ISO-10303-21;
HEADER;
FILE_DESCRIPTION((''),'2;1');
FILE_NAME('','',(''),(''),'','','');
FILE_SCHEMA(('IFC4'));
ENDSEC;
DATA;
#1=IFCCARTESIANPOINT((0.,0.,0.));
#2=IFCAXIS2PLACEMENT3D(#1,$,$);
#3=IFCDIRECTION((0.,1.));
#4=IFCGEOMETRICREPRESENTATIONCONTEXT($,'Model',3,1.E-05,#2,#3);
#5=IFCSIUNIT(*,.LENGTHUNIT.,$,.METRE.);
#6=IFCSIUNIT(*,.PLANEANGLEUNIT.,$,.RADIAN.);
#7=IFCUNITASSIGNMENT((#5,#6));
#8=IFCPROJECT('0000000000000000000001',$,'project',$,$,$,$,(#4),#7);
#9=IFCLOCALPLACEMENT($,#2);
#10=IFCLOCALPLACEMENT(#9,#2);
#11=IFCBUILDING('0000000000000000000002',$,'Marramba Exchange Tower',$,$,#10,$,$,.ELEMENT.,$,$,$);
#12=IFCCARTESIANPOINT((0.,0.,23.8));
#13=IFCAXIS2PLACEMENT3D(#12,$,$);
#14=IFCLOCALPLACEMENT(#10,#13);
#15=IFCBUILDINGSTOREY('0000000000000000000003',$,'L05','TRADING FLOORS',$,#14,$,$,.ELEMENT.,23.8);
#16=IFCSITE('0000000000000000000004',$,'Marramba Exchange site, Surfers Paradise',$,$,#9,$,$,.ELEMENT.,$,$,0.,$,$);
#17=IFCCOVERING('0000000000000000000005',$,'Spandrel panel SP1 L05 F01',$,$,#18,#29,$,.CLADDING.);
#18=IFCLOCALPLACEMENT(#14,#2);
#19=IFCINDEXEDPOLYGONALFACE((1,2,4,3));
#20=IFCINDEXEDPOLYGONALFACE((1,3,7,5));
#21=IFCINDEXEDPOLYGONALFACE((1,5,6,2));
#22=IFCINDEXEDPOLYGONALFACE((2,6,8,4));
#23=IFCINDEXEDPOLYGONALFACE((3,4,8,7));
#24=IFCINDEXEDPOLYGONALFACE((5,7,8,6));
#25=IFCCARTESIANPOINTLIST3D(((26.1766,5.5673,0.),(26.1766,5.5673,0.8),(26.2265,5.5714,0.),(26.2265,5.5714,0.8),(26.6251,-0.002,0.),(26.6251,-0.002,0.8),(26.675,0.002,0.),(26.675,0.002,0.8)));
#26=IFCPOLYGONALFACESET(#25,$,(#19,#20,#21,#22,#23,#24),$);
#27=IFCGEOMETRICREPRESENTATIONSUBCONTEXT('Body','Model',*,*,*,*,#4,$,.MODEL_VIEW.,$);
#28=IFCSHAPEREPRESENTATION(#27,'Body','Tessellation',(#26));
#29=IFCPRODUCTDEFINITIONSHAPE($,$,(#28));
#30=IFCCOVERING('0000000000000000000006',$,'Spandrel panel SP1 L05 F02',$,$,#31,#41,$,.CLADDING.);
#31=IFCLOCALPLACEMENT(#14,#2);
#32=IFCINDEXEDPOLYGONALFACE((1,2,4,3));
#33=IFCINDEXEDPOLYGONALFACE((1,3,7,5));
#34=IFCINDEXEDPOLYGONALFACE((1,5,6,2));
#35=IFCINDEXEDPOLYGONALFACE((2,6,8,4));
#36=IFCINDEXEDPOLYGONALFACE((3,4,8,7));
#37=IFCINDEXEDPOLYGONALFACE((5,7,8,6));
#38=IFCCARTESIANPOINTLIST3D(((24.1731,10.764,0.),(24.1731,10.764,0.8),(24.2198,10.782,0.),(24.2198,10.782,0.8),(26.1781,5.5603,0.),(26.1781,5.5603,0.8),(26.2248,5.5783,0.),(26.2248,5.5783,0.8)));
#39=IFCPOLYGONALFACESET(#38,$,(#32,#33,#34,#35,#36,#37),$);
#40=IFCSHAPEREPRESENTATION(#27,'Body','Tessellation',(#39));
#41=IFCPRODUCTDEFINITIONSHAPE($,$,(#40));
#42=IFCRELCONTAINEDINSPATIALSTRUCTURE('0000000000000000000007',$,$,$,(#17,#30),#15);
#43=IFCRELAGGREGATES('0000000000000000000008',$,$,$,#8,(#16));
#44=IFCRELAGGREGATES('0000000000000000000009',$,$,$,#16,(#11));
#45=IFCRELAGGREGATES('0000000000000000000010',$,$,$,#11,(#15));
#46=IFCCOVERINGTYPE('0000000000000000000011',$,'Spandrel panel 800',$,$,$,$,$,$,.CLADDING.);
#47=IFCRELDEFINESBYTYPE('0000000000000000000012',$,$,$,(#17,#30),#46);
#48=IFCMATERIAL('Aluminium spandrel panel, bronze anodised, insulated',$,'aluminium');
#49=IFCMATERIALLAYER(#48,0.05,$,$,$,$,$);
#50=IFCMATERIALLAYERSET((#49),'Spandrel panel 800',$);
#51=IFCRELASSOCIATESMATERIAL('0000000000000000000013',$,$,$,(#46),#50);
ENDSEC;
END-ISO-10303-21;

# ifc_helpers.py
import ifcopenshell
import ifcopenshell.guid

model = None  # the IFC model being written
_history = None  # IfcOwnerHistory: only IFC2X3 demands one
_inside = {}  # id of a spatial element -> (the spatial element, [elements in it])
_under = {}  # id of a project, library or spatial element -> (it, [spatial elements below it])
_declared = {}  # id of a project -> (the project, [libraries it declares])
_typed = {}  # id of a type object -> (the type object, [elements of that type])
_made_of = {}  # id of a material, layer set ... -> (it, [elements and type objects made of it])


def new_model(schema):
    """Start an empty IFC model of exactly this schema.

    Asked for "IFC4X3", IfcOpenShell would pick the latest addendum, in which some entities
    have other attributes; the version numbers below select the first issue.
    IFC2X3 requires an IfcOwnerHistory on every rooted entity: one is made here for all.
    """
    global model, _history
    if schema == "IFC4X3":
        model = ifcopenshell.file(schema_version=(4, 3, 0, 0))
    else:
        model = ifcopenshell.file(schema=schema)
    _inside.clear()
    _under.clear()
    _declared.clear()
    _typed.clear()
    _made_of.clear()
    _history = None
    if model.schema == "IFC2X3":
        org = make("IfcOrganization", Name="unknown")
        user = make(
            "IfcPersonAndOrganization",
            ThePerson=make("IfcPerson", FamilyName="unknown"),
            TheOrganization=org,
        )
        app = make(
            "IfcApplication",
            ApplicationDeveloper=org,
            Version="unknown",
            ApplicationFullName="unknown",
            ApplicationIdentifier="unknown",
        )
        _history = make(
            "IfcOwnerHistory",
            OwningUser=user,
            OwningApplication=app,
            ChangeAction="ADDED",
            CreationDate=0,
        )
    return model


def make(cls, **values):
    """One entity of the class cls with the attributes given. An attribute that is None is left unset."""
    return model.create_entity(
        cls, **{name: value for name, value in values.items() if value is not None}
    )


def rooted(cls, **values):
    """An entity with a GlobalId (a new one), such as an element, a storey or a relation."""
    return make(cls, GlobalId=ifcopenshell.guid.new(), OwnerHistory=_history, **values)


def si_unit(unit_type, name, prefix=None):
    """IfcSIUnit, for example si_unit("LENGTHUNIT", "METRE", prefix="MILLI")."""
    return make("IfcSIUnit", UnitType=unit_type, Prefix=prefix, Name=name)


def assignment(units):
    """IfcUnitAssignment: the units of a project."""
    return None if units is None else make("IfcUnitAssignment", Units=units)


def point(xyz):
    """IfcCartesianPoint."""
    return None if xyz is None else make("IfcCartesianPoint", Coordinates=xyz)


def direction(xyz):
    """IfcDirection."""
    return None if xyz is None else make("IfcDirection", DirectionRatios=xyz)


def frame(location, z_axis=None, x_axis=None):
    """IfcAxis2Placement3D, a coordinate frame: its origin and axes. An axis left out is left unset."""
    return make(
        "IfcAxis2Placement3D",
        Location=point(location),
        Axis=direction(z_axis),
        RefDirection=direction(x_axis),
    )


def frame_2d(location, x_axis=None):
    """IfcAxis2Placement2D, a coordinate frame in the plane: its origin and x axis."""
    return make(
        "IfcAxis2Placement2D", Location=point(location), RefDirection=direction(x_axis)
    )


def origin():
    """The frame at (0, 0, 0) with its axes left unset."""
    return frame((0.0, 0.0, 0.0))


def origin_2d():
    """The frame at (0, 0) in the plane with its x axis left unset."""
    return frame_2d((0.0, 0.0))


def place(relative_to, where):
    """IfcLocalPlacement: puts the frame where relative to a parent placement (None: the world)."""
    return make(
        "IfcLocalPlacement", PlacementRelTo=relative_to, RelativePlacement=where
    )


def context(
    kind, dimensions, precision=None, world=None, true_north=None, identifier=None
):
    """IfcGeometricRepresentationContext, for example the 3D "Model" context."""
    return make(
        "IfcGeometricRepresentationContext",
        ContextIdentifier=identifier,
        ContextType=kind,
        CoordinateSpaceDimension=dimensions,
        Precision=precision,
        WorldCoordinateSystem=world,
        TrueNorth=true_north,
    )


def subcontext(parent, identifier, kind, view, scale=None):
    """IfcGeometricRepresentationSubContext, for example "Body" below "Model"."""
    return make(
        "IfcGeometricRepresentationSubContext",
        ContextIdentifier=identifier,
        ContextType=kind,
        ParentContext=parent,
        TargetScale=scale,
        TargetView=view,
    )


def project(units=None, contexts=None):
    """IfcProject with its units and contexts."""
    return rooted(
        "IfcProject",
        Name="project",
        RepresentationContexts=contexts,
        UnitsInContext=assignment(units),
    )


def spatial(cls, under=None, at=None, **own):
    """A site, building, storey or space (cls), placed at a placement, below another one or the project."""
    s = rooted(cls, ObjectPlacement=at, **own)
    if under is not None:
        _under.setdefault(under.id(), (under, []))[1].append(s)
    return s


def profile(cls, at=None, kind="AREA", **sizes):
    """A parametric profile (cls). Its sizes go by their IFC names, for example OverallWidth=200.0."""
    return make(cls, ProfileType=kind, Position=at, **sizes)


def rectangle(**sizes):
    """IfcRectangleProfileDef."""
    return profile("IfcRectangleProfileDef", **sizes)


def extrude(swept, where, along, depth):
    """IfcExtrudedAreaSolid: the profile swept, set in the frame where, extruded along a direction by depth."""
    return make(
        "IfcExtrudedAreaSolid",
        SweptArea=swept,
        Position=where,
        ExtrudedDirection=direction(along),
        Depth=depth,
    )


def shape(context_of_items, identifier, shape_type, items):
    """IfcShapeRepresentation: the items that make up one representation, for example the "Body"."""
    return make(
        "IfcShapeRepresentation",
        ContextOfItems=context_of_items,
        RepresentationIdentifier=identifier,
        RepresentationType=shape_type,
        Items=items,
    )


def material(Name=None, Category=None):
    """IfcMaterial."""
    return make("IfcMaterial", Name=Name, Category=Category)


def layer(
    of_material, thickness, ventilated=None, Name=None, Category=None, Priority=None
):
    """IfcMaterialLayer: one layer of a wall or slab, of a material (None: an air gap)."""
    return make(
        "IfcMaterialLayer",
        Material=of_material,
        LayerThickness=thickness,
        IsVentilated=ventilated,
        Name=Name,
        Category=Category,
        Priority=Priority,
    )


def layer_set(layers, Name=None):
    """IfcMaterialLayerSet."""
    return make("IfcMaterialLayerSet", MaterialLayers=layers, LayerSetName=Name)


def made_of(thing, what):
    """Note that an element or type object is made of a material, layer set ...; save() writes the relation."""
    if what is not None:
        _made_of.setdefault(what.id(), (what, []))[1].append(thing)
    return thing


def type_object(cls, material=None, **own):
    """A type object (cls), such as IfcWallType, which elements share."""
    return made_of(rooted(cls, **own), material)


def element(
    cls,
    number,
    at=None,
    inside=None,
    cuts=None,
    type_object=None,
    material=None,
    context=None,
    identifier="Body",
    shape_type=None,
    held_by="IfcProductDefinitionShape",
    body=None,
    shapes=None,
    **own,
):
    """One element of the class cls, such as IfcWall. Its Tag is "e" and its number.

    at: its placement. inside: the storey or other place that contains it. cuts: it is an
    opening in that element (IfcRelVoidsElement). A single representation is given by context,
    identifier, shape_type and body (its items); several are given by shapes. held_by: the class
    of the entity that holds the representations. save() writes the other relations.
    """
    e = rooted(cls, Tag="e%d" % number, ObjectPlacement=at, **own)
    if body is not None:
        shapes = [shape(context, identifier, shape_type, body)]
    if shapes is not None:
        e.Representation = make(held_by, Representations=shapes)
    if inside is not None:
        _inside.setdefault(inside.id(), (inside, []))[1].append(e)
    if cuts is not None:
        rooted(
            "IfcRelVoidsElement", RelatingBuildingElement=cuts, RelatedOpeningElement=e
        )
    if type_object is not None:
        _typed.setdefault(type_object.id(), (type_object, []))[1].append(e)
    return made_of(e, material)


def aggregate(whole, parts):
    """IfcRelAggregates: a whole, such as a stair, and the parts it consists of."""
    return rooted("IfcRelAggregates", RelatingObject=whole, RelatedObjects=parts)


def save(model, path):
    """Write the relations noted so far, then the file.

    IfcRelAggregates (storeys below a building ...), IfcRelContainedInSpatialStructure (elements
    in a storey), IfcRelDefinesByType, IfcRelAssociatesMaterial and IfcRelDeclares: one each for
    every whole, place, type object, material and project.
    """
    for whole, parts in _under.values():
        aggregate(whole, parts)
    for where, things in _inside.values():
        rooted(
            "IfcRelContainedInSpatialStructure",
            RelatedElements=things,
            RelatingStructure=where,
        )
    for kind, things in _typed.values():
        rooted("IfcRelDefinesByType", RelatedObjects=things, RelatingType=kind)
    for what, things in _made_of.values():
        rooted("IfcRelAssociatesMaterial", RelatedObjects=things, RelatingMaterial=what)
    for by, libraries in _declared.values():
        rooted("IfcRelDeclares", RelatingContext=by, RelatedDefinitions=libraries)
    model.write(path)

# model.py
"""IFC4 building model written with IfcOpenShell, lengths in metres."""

from ifc_helpers import new_model, si_unit, direction, frame, origin, origin_2d, place, context, subcontext, project, spatial, rectangle, extrude, material, layer, layer_set, type_object, element, save


model = new_model("IFC4")

# Units and contexts
model_context = context("Model", 3, precision=1e-05, world=origin(), true_north=direction((0.0, 1.0)))
body_context = subcontext(model_context, "Body", "Model", "MODEL_VIEW")
ifc_project = project(units=[si_unit("LENGTHUNIT", "METRE"), si_unit("PLANEANGLEUNIT", "RADIAN")], contexts=[model_context])

# Site, building, storey
site_placement = place(None, origin())
site = spatial("IfcSite", under=ifc_project, at=site_placement, Name="Marramba Exchange site, Surfers Paradise", CompositionType="ELEMENT", RefElevation=0.0)
building_placement = place(site_placement, origin())
building = spatial("IfcBuilding", under=site, at=building_placement, Name="Marramba Exchange Tower", CompositionType="ELEMENT")
storey_placement = place(building_placement, frame((0.0, 0.0, 23.8)))
storey = spatial("IfcBuildingStorey", under=building, at=storey_placement, Name="L05", Description="TRADING FLOORS", CompositionType="ELEMENT", Elevation=23.8)

# Coverings
ifc_material_1 = material(Name="Aluminium spandrel panel, bronze anodised, insulated", Category="aluminium")
ifc_layer_1 = layer(ifc_material_1, 0.05)
ifc_layer_set_1 = layer_set([ifc_layer_1], Name="Spandrel panel 800")
covering_type = type_object("IfcCoveringType", Name="Spandrel panel 800", PredefinedType="CLADDING", material=ifc_layer_set_1)
covering_1_placement = place(storey_placement, frame((26.4258, 2.7847, 0.0), z_axis=(0.0, 0.0, 1.0), x_axis=(-0.080275, 0.996773, 0.0)))
element("IfcCovering", 1, at=covering_1_placement, inside=storey, type_object=covering_type, Name="Spandrel panel SP1 L05 F01", PredefinedType="CLADDING", context=body_context, shape_type="SweptSolid", body=[
    extrude(rectangle(XDim=5.5874, YDim=0.05, at=origin_2d()), origin(), (0.0, 0.0, 1.0), 0.8),
])
covering_2_placement = place(storey_placement, frame((25.199, 8.1711, 0.0), z_axis=(0.0, 0.0, 1.0), x_axis=(-0.359526, 0.933135, 0.0)))
element("IfcCovering", 2, at=covering_2_placement, inside=storey, type_object=covering_type, Name="Spandrel panel SP1 L05 F02", PredefinedType="CLADDING", context=body_context, shape_type="SweptSolid", body=[
    extrude(rectangle(XDim=5.5767, YDim=0.05, at=origin_2d()), origin(), (0.0, 0.0, 1.0), 0.8),
])

save(model, "model.ifc")
